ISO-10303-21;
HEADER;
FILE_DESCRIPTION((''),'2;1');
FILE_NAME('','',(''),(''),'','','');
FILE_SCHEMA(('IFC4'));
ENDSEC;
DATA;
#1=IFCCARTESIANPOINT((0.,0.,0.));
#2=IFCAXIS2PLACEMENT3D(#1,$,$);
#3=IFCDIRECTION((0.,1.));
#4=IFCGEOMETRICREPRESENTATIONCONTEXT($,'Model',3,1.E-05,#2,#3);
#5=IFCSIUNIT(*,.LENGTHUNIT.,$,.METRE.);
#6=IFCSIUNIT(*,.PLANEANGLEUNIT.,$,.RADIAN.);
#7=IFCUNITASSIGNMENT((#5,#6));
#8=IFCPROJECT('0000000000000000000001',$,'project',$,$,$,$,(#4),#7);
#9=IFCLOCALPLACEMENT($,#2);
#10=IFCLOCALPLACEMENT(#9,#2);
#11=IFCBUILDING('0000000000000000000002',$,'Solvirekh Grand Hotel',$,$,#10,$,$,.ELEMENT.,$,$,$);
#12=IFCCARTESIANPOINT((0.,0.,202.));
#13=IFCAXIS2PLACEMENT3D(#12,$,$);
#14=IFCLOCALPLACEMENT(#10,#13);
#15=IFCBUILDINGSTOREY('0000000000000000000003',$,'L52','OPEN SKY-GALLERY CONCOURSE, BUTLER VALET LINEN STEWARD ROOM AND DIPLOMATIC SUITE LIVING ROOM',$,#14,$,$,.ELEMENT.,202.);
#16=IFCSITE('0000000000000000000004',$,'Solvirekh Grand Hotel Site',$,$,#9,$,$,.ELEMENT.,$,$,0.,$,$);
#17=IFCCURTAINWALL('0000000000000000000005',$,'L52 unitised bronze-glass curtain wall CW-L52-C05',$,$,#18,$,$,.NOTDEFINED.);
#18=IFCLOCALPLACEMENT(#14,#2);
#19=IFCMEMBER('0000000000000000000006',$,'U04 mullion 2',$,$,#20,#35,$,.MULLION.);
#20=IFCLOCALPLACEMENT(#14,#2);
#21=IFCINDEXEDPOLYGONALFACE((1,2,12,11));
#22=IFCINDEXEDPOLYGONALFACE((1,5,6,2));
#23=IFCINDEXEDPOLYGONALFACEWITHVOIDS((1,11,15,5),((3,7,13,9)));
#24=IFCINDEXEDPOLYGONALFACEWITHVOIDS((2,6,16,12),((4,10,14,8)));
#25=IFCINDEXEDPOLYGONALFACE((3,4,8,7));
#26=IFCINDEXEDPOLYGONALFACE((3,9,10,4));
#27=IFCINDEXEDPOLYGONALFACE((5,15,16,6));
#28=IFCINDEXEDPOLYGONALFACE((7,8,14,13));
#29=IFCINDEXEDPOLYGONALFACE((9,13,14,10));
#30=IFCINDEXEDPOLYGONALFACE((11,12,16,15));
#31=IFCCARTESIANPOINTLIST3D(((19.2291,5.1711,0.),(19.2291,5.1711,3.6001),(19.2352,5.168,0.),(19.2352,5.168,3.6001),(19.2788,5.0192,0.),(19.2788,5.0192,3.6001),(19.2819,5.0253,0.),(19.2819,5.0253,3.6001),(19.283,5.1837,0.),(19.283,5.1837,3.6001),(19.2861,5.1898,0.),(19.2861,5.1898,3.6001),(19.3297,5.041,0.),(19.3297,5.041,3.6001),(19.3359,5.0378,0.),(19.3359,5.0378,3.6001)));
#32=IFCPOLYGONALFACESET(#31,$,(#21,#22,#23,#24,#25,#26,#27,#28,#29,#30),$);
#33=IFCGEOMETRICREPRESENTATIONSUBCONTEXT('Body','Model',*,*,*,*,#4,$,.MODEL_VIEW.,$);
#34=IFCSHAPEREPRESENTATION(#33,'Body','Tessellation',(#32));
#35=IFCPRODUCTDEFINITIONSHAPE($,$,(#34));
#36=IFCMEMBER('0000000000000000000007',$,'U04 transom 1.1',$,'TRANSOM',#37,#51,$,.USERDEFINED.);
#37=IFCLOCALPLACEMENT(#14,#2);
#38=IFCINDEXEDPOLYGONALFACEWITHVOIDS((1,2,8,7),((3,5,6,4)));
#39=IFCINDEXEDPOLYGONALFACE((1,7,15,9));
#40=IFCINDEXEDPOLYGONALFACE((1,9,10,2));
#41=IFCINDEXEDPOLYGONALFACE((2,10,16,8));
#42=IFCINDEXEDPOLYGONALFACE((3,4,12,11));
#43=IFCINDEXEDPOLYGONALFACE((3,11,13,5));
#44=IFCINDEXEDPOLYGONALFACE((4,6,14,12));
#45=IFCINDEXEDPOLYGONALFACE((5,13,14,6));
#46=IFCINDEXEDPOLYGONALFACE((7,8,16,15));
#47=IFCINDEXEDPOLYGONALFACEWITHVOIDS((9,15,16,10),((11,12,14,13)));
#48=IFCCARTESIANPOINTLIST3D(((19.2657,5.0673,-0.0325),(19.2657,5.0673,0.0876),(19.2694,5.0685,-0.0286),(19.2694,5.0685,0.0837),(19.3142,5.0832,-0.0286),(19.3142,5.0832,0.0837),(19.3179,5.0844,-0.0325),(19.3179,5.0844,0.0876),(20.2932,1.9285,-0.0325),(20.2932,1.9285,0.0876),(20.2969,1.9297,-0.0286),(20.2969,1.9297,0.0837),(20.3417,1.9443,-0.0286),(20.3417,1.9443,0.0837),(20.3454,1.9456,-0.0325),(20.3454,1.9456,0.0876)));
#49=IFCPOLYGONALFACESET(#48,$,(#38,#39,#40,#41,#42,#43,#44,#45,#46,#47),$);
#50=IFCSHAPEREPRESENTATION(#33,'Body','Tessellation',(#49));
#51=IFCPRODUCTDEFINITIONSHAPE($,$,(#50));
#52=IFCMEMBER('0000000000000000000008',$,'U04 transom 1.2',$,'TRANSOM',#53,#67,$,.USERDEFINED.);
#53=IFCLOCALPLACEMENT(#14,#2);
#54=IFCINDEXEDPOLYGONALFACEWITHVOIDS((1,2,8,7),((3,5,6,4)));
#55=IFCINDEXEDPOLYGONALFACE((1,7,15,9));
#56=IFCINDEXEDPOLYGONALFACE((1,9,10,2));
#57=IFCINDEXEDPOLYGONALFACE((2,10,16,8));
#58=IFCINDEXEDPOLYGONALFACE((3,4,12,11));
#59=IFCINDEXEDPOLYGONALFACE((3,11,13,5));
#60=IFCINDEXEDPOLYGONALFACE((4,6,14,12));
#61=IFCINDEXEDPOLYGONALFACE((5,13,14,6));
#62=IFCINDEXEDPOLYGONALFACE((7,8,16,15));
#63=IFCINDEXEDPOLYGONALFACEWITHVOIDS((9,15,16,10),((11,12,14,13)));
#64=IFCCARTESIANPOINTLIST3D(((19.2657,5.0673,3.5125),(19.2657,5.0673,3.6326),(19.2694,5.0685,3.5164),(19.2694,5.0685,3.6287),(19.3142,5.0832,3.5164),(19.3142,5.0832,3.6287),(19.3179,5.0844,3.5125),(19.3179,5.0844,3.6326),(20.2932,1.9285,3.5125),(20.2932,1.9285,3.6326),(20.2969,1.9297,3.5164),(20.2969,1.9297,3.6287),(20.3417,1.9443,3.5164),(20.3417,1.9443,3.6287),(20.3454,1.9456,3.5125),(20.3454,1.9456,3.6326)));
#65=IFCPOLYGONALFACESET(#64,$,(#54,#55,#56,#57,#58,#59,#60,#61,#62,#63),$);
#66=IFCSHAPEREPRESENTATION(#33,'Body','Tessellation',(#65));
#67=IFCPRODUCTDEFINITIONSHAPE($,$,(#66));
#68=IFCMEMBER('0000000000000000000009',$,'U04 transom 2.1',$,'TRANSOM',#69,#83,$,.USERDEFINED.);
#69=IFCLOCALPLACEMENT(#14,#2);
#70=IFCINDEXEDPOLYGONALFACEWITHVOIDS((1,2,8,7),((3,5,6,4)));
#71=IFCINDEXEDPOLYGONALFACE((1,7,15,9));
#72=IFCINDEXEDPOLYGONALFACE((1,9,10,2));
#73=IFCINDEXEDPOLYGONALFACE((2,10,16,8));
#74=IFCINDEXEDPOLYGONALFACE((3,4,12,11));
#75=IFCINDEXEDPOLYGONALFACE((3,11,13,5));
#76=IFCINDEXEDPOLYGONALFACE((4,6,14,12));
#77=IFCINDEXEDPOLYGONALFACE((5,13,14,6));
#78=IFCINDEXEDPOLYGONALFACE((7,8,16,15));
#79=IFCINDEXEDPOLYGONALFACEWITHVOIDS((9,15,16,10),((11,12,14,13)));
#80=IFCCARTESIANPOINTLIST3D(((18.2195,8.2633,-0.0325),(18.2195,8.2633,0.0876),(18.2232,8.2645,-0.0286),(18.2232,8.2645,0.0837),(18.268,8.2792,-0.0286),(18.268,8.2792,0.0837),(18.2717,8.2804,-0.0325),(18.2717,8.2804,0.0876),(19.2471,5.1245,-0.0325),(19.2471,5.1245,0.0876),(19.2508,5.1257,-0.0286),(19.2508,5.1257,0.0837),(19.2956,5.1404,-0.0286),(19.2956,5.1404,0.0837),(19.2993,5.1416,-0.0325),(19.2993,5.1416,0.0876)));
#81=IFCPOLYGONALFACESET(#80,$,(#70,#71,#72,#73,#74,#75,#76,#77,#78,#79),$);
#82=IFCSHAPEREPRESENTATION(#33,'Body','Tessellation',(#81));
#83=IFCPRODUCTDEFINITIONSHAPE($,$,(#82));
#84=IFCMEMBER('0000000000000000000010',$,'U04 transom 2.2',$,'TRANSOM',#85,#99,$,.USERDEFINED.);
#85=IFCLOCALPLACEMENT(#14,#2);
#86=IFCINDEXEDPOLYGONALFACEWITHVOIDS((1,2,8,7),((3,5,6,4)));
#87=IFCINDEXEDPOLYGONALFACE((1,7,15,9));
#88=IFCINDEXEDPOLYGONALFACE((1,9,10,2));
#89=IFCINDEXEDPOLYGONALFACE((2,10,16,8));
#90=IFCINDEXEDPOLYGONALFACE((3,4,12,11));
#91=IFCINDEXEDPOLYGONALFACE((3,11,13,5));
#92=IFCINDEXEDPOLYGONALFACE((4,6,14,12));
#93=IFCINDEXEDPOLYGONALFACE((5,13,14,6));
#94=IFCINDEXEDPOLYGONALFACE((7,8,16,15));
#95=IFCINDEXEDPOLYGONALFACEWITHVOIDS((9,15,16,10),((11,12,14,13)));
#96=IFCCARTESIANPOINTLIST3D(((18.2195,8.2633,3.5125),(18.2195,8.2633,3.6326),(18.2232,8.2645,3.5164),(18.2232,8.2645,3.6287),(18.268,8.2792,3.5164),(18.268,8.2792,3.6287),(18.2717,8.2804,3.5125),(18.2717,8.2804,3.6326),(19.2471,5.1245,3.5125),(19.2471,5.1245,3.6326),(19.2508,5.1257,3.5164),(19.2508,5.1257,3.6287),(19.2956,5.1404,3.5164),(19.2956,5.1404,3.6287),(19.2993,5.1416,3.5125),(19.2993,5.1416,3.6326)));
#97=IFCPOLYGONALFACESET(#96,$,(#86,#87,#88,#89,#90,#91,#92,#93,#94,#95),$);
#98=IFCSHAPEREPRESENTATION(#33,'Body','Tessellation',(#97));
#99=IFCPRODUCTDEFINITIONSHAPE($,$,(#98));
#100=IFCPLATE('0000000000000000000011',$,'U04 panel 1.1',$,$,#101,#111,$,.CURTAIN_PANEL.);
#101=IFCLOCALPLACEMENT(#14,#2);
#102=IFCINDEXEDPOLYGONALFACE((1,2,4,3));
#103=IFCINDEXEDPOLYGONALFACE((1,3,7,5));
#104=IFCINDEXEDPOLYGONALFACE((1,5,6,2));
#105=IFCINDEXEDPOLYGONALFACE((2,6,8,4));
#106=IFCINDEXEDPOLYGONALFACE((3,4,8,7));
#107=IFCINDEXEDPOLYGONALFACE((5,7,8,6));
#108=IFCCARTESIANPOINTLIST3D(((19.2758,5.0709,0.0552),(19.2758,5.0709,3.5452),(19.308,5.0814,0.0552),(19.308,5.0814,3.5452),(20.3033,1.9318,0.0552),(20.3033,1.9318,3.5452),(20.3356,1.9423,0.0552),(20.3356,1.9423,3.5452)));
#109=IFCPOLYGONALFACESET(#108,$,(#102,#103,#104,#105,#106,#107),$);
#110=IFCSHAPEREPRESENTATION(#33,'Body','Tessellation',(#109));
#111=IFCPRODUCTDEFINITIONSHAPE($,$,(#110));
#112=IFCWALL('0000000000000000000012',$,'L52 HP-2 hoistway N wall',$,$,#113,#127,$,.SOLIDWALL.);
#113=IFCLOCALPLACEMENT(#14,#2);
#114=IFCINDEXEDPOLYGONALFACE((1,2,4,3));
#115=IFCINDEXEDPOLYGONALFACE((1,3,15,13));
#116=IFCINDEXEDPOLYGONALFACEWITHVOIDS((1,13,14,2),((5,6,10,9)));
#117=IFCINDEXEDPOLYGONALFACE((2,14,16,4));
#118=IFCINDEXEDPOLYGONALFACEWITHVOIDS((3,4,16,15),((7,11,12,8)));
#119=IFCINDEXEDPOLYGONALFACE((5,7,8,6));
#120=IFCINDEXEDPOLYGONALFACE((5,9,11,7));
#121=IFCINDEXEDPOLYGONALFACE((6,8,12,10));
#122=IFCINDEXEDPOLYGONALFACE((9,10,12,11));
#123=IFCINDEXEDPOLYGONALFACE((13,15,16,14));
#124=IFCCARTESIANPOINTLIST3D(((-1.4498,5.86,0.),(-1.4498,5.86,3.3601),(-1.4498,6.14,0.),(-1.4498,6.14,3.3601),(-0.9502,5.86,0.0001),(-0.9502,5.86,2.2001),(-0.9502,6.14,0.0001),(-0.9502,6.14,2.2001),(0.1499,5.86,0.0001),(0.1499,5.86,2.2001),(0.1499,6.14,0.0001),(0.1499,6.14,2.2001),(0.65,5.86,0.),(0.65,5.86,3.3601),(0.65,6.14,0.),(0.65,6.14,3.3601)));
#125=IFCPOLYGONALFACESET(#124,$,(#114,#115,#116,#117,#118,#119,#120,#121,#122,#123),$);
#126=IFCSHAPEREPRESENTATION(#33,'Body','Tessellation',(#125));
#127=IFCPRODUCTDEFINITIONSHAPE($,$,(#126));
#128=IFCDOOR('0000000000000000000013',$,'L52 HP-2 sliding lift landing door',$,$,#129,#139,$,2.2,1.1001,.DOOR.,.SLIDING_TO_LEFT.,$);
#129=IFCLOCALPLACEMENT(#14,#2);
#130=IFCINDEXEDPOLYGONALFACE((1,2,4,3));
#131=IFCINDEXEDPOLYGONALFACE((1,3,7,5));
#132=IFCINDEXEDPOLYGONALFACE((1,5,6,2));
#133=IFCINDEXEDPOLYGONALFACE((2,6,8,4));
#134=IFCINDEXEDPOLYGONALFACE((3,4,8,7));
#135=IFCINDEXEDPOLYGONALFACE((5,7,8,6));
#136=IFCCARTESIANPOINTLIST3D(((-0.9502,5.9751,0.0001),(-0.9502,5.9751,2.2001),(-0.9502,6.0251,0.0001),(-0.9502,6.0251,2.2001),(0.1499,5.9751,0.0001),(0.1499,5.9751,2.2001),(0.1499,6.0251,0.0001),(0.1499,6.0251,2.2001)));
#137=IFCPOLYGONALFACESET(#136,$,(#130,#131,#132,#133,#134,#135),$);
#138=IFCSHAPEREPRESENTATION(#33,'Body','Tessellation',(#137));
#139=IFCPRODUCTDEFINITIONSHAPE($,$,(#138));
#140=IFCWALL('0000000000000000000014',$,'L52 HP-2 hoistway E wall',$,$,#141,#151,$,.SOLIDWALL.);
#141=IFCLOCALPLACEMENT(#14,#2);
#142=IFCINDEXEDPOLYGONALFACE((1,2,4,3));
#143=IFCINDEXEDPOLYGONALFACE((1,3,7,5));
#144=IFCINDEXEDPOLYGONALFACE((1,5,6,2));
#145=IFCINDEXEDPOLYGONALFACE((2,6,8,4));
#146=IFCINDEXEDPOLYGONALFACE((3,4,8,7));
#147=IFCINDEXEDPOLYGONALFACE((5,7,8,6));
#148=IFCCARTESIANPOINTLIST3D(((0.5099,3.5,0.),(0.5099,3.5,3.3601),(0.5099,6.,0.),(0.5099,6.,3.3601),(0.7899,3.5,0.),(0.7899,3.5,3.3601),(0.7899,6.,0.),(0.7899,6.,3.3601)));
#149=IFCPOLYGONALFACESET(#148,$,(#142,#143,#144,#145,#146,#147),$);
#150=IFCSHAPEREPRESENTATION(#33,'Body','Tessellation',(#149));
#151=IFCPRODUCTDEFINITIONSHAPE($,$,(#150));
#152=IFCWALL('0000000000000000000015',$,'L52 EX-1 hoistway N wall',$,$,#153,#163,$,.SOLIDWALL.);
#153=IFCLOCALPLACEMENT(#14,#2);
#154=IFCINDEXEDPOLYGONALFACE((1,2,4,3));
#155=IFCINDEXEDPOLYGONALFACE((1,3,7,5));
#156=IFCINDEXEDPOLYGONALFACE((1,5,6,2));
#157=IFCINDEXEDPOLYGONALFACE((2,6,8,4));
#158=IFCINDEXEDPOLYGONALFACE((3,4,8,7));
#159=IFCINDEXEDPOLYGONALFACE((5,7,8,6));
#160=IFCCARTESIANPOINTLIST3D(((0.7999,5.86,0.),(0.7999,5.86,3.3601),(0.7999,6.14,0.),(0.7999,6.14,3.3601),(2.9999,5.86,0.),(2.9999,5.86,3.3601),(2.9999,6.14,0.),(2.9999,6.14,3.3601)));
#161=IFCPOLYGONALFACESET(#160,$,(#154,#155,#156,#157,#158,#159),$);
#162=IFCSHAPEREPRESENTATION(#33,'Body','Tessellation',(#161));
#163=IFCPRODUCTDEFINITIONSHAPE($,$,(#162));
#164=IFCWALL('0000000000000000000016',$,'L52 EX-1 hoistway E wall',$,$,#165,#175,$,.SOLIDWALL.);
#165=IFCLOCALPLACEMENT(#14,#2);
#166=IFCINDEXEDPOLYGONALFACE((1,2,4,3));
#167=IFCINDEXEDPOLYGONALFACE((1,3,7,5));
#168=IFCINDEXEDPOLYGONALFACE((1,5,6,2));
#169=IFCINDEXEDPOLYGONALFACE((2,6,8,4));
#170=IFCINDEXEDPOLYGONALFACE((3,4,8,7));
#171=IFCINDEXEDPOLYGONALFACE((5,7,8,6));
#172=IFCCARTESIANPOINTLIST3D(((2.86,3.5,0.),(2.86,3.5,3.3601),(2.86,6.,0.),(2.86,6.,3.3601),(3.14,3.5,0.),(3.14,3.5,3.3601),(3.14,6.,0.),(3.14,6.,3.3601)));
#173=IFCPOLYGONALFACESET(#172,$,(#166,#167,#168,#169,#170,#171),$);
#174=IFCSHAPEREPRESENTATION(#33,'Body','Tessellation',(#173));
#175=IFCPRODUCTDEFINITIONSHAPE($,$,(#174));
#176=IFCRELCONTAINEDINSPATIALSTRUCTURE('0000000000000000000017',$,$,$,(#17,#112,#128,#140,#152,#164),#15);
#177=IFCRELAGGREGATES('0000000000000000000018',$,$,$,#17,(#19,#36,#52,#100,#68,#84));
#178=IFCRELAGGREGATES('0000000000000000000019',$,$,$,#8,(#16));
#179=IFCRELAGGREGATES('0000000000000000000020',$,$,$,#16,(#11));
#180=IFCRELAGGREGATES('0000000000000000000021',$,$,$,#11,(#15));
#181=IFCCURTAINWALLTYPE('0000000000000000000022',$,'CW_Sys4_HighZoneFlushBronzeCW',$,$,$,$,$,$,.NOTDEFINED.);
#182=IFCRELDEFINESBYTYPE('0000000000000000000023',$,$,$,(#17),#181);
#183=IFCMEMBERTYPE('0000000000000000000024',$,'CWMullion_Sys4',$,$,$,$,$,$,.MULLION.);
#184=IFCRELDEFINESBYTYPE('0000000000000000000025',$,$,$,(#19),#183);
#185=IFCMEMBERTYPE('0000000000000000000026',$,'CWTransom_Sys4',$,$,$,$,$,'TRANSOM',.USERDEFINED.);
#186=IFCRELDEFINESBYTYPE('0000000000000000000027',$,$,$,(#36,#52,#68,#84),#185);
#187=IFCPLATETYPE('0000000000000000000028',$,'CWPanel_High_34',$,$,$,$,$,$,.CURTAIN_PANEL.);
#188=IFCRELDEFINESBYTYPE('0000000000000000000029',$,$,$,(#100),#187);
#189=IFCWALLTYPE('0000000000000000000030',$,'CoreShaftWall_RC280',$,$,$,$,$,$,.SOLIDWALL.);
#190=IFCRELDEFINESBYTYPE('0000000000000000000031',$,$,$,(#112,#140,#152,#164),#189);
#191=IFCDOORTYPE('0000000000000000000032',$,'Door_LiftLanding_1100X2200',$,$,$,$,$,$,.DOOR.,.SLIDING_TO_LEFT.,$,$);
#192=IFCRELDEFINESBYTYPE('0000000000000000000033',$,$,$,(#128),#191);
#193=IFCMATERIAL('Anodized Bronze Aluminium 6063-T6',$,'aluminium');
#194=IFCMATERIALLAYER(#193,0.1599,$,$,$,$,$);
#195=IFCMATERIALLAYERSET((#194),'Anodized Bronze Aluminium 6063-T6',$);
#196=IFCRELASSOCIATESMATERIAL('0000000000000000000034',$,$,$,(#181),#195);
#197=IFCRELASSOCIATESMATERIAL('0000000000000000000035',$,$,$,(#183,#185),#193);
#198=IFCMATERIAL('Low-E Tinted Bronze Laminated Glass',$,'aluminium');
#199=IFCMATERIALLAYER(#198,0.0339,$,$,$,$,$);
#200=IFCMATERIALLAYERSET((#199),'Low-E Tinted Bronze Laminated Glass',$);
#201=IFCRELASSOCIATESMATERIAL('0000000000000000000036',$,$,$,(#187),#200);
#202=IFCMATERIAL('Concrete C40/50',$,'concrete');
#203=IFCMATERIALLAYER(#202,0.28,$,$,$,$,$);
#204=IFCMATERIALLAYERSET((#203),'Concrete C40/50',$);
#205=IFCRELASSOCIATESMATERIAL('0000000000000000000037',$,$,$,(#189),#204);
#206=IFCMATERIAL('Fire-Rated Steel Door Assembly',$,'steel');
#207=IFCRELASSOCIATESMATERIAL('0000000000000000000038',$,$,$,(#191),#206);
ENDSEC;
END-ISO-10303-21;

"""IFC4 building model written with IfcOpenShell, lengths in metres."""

from ifc_helpers import new_model, si_unit, direction, frame, frame_2d, origin, origin_2d, place, context, subcontext, project, spatial, rectangle, hollow_rectangle, extrude, source, transform, mapped, material, layer, layer_set, material_profile, profile_set, type_object, element, fill, aggregate, save


model = new_model("IFC4")

# Units and contexts
model_context = context("Model", 3, precision=1e-05, world=origin(), true_north=direction((0.0, 1.0)))
body_context = subcontext(model_context, "Body", "Model", "MODEL_VIEW")
ifc_project = project(units=[si_unit("LENGTHUNIT", "METRE"), si_unit("PLANEANGLEUNIT", "RADIAN")], contexts=[model_context])

# Site, building, storey
site_placement = place(None, origin())
site = spatial("IfcSite", under=ifc_project, at=site_placement, Name="Solvirekh Grand Hotel Site", CompositionType="ELEMENT", RefElevation=0.0)
building_placement = place(site_placement, origin())
building = spatial("IfcBuilding", under=site, at=building_placement, Name="Solvirekh Grand Hotel", CompositionType="ELEMENT")
storey_placement = place(building_placement, frame((0.0, 0.0, 202.0)))
storey = spatial("IfcBuildingStorey", under=building, at=storey_placement, Name="L52", Description="OPEN SKY-GALLERY CONCOURSE, BUTLER VALET LINEN STEWARD ROOM AND DIPLOMATIC SUITE LIVING ROOM", CompositionType="ELEMENT", Elevation=202.0)

# Curtain wall, members, plate
ifc_material_1 = material(Name="Anodized Bronze Aluminium 6063-T6", Category="aluminium")
ifc_layer_1 = layer(ifc_material_1, 0.1599)
ifc_layer_set_1 = layer_set([ifc_layer_1], Name="Anodized Bronze Aluminium 6063-T6")
curtain_wall_type = type_object("IfcCurtainWallType", Name="CW_Sys4_HighZoneFlushBronzeCW", PredefinedType="NOTDEFINED", material=ifc_layer_set_1)
curtain_wall_placement = place(storey_placement, origin())
curtain_wall = element("IfcCurtainWall", 1, at=curtain_wall_placement, inside=storey, type_object=curtain_wall_type, Name="L52 unitised bronze-glass curtain wall CW-L52-C05", PredefinedType="NOTDEFINED")
ifc_material_profile_1 = material_profile(ifc_material_1, hollow_rectangle(XDim=0.0601, YDim=0.1599, WallThickness=0.0049, at=origin_2d()), Name="ALU RHS 160X60X5")
ifc_profile_set_1 = profile_set([ifc_material_profile_1], Name="Anodized Bronze Aluminium 6063-T6")
member_type_1 = type_object("IfcMemberType", Name="CWMullion_Sys4", PredefinedType="MULLION", material=ifc_profile_set_1)
shared_shape_1 = source(origin(), body_context, "Body", "SweptSolid", [
    extrude(hollow_rectangle(XDim=0.0601, YDim=0.1599, WallThickness=0.0049, at=origin_2d()), origin(), (0.0, 0.0, 1.0), 3.6001),
])
member_1_placement = place(storey_placement, frame((19.2825, 5.1045, 0.0), z_axis=(0.0, 0.0, 1.0), x_axis=(-0.950379, -0.311095, 0.0)))
member_1 = element("IfcMember", 2, at=member_1_placement, type_object=member_type_1, Name="U04 mullion 2", PredefinedType="MULLION", context=body_context, shape_type="MappedRepresentation", body=[
    mapped(shared_shape_1, transform((0.0, 0.0, 0.0), x_axis=(1.0, 0.0, 0.0), y_axis=(0.0, 1.0, 0.0), z_axis=(0.0, 0.0, 1.0), scale=1.0)),
])
ifc_material_profile_2 = material_profile(ifc_material_1, hollow_rectangle(XDim=0.0549, YDim=0.1201, WallThickness=0.0039, at=origin_2d()), Name="ALU RHS 120X55X4")
ifc_profile_set_2 = profile_set([ifc_material_profile_2], Name="Anodized Bronze Aluminium 6063-T6")
member_type_2 = type_object("IfcMemberType", Name="CWTransom_Sys4", ElementType="TRANSOM", PredefinedType="USERDEFINED", material=ifc_profile_set_2)
shared_shape_2 = source(origin(), body_context, "Body", "SweptSolid", [
    extrude(hollow_rectangle(XDim=0.0549, YDim=0.1201, WallThickness=0.0039, at=origin_2d()), origin(), (0.0, 0.0, 1.0), 3.3027),
])
member_2_placement = place(storey_placement, frame((20.3193, 1.937, 0.0276), z_axis=(-0.311123, 0.95037, 0.0), x_axis=(-0.95037, -0.311123, 0.0)))
member_2 = element("IfcMember", 3, at=member_2_placement, type_object=member_type_2, Name="U04 transom 1.1", ObjectType="TRANSOM", PredefinedType="USERDEFINED", context=body_context, shape_type="MappedRepresentation", body=[
    mapped(shared_shape_2, transform((0.0, 0.0, 0.0), x_axis=(1.0, 0.0, 0.0), y_axis=(0.0, 1.0, 0.0), z_axis=(0.0, 0.0, 1.0), scale=1.0)),
])
member_3_placement = place(storey_placement, frame((20.3193, 1.937, 3.5725), z_axis=(-0.311123, 0.95037, 0.0), x_axis=(-0.95037, -0.311123, 0.0)))
member_3 = element("IfcMember", 4, at=member_3_placement, type_object=member_type_2, Name="U04 transom 1.2", ObjectType="TRANSOM", PredefinedType="USERDEFINED", context=body_context, shape_type="MappedRepresentation", body=[
    mapped(shared_shape_2, transform((0.0, 0.0, 0.0), x_axis=(1.0, 0.0, 0.0), y_axis=(0.0, 1.0, 0.0), z_axis=(0.0, 0.0, 1.0), scale=1.0)),
])
member_4_placement = place(storey_placement, frame((19.2732, 5.1331, 0.0276), z_axis=(-0.311123, 0.95037, 0.0), x_axis=(-0.95037, -0.311123, 0.0)))
member_4 = element("IfcMember", 5, at=member_4_placement, type_object=member_type_2, Name="U04 transom 2.1", ObjectType="TRANSOM", PredefinedType="USERDEFINED", context=body_context, shape_type="MappedRepresentation", body=[
    mapped(shared_shape_2, transform((0.0, 0.0, 0.0), x_axis=(1.0, 0.0, 0.0), y_axis=(0.0, 1.0, 0.0), z_axis=(0.0, 0.0, 1.0), scale=1.0)),
])
member_5_placement = place(storey_placement, frame((19.2732, 5.1331, 3.5725), z_axis=(-0.311123, 0.95037, 0.0), x_axis=(-0.95037, -0.311123, 0.0)))
member_5 = element("IfcMember", 6, at=member_5_placement, type_object=member_type_2, Name="U04 transom 2.2", ObjectType="TRANSOM", PredefinedType="USERDEFINED", context=body_context, shape_type="MappedRepresentation", body=[
    mapped(shared_shape_2, transform((0.0, 0.0, 0.0), x_axis=(1.0, 0.0, 0.0), y_axis=(0.0, 1.0, 0.0), z_axis=(0.0, 0.0, 1.0), scale=1.0)),
])
ifc_material_2 = material(Name="Low-E Tinted Bronze Laminated Glass", Category="aluminium")
ifc_layer_2 = layer(ifc_material_2, 0.0339)
ifc_layer_set_2 = layer_set([ifc_layer_2], Name="Low-E Tinted Bronze Laminated Glass")
plate_type = type_object("IfcPlateType", Name="CWPanel_High_34", PredefinedType="CURTAIN_PANEL", material=ifc_layer_set_2)
shared_shape_3 = source(origin(), body_context, "Body", "SweptSolid", [
    extrude(rectangle(XDim=3.303, YDim=0.0339, at=origin_2d()), origin(), (0.0, 0.0, 1.0), 3.49),
])
plate_placement = place(storey_placement, frame((19.8057, 3.5066, 0.0552), z_axis=(0.0, 0.0, 1.0), x_axis=(-0.311095, 0.950379, 0.0)))
plate = element("IfcPlate", 7, at=plate_placement, type_object=plate_type, Name="U04 panel 1.1", PredefinedType="CURTAIN_PANEL", context=body_context, shape_type="MappedRepresentation", body=[
    mapped(shared_shape_3, transform((0.0, 0.0, 0.0), x_axis=(1.0, 0.0, 0.0), y_axis=(0.0, 1.0, 0.0), z_axis=(0.0, 0.0, 1.0), scale=1.0)),
])
aggregate(curtain_wall, [member_1, member_2, member_3, plate, member_4, member_5])

# Wall, opening, door
ifc_material_3 = material(Name="Concrete C40/50", Category="concrete")
ifc_layer_3 = layer(ifc_material_3, 0.28)
ifc_layer_set_3 = layer_set([ifc_layer_3], Name="Concrete C40/50")
wall_type_1 = type_object("IfcWallType", Name="CoreShaftWall_RC280", PredefinedType="SOLIDWALL", material=ifc_layer_set_3)
wall_1_placement = place(storey_placement, frame((0.6499, 6.0, 0.0), z_axis=(0.0, 0.0, 1.0), x_axis=(-1.0, 0.0, 0.0)))
wall_1 = element("IfcWall", 8, at=wall_1_placement, inside=storey, type_object=wall_type_1, Name="L52 HP-2 hoistway N wall", PredefinedType="SOLIDWALL", context=body_context, shape_type="SweptSolid", body=[
    extrude(rectangle(XDim=2.0999, YDim=0.28, at=frame_2d((1.0498, 0.0))), origin(), (0.0, 0.0, 1.0), 3.3601),
])
opening_1_placement = place(wall_1_placement, frame((0.5, 0.0, 0.0)))
opening_1 = element("IfcOpeningElement", 9, at=opening_1_placement, cuts=wall_1, PredefinedType="OPENING", context=body_context, shape_type="SweptSolid", body=[
    extrude(rectangle(XDim=1.1001, YDim=2.2, at=frame_2d((0.55, 1.1001))), frame((0.0, 0.1499, 0.0), z_axis=(0.0, -1.0, 0.0), x_axis=(1.0, 0.0, 0.0)), (0.0, 0.0, 1.0), 0.3),
])
ifc_material_4 = material(Name="Fire-Rated Steel Door Assembly", Category="steel")
door_type_1 = type_object("IfcDoorType", Name="Door_LiftLanding_1100X2200", OperationType="SLIDING_TO_LEFT", PredefinedType="DOOR", material=ifc_material_4)
door_1_placement = place(opening_1_placement, origin())
door_1 = element("IfcDoor", 10, at=door_1_placement, inside=storey, type_object=door_type_1, Name="L52 HP-2 sliding lift landing door", OperationType="SLIDING_TO_LEFT", OverallHeight=2.2, OverallWidth=1.1001, PredefinedType="DOOR", context=body_context, shape_type="SweptSolid", body=[
    extrude(rectangle(XDim=1.1001, YDim=2.2, at=frame_2d((0.55, 1.1001))), frame((0.0, 0.0249, 0.0), z_axis=(0.0, -1.0, 0.0), x_axis=(1.0, 0.0, 0.0)), (0.0, 0.0, 1.0), 0.05),
])
fill(opening_1, door_1)

# Walls
wall_2_placement = place(storey_placement, frame((0.6499, 3.5, 0.0), z_axis=(0.0, 0.0, 1.0), x_axis=(0.0, 1.0, 0.0)))
element("IfcWall", 11, at=wall_2_placement, inside=storey, type_object=wall_type_1, Name="L52 HP-2 hoistway E wall", PredefinedType="SOLIDWALL", context=body_context, shape_type="SweptSolid", body=[
    extrude(rectangle(XDim=2.5, YDim=0.28, at=frame_2d((1.25, 0.0))), origin(), (0.0, 0.0, 1.0), 3.3601),
])
wall_3_placement = place(storey_placement, frame((3.0, 6.0, 0.0), z_axis=(0.0, 0.0, 1.0), x_axis=(-1.0, 0.0, 0.0)))
element("IfcWall", 12, at=wall_3_placement, inside=storey, type_object=wall_type_1, Name="L52 EX-1 hoistway N wall", PredefinedType="SOLIDWALL", context=body_context, shape_type="SweptSolid", body=[
    extrude(rectangle(XDim=2.2, YDim=0.28, at=frame_2d((1.1001, 0.0))), origin(), (0.0, 0.0, 1.0), 3.3601),
])
wall_4_placement = place(storey_placement, frame((3.0, 3.5, 0.0), z_axis=(0.0, 0.0, 1.0), x_axis=(0.0, 1.0, 0.0)))
element("IfcWall", 13, at=wall_4_placement, inside=storey, type_object=wall_type_1, Name="L52 EX-1 hoistway E wall", PredefinedType="SOLIDWALL", context=body_context, shape_type="SweptSolid", body=[
    extrude(rectangle(XDim=2.5, YDim=0.28, at=frame_2d((1.25, 0.0))), origin(), (0.0, 0.0, 1.0), 3.3601),
])

save(model, "model.ifc")
